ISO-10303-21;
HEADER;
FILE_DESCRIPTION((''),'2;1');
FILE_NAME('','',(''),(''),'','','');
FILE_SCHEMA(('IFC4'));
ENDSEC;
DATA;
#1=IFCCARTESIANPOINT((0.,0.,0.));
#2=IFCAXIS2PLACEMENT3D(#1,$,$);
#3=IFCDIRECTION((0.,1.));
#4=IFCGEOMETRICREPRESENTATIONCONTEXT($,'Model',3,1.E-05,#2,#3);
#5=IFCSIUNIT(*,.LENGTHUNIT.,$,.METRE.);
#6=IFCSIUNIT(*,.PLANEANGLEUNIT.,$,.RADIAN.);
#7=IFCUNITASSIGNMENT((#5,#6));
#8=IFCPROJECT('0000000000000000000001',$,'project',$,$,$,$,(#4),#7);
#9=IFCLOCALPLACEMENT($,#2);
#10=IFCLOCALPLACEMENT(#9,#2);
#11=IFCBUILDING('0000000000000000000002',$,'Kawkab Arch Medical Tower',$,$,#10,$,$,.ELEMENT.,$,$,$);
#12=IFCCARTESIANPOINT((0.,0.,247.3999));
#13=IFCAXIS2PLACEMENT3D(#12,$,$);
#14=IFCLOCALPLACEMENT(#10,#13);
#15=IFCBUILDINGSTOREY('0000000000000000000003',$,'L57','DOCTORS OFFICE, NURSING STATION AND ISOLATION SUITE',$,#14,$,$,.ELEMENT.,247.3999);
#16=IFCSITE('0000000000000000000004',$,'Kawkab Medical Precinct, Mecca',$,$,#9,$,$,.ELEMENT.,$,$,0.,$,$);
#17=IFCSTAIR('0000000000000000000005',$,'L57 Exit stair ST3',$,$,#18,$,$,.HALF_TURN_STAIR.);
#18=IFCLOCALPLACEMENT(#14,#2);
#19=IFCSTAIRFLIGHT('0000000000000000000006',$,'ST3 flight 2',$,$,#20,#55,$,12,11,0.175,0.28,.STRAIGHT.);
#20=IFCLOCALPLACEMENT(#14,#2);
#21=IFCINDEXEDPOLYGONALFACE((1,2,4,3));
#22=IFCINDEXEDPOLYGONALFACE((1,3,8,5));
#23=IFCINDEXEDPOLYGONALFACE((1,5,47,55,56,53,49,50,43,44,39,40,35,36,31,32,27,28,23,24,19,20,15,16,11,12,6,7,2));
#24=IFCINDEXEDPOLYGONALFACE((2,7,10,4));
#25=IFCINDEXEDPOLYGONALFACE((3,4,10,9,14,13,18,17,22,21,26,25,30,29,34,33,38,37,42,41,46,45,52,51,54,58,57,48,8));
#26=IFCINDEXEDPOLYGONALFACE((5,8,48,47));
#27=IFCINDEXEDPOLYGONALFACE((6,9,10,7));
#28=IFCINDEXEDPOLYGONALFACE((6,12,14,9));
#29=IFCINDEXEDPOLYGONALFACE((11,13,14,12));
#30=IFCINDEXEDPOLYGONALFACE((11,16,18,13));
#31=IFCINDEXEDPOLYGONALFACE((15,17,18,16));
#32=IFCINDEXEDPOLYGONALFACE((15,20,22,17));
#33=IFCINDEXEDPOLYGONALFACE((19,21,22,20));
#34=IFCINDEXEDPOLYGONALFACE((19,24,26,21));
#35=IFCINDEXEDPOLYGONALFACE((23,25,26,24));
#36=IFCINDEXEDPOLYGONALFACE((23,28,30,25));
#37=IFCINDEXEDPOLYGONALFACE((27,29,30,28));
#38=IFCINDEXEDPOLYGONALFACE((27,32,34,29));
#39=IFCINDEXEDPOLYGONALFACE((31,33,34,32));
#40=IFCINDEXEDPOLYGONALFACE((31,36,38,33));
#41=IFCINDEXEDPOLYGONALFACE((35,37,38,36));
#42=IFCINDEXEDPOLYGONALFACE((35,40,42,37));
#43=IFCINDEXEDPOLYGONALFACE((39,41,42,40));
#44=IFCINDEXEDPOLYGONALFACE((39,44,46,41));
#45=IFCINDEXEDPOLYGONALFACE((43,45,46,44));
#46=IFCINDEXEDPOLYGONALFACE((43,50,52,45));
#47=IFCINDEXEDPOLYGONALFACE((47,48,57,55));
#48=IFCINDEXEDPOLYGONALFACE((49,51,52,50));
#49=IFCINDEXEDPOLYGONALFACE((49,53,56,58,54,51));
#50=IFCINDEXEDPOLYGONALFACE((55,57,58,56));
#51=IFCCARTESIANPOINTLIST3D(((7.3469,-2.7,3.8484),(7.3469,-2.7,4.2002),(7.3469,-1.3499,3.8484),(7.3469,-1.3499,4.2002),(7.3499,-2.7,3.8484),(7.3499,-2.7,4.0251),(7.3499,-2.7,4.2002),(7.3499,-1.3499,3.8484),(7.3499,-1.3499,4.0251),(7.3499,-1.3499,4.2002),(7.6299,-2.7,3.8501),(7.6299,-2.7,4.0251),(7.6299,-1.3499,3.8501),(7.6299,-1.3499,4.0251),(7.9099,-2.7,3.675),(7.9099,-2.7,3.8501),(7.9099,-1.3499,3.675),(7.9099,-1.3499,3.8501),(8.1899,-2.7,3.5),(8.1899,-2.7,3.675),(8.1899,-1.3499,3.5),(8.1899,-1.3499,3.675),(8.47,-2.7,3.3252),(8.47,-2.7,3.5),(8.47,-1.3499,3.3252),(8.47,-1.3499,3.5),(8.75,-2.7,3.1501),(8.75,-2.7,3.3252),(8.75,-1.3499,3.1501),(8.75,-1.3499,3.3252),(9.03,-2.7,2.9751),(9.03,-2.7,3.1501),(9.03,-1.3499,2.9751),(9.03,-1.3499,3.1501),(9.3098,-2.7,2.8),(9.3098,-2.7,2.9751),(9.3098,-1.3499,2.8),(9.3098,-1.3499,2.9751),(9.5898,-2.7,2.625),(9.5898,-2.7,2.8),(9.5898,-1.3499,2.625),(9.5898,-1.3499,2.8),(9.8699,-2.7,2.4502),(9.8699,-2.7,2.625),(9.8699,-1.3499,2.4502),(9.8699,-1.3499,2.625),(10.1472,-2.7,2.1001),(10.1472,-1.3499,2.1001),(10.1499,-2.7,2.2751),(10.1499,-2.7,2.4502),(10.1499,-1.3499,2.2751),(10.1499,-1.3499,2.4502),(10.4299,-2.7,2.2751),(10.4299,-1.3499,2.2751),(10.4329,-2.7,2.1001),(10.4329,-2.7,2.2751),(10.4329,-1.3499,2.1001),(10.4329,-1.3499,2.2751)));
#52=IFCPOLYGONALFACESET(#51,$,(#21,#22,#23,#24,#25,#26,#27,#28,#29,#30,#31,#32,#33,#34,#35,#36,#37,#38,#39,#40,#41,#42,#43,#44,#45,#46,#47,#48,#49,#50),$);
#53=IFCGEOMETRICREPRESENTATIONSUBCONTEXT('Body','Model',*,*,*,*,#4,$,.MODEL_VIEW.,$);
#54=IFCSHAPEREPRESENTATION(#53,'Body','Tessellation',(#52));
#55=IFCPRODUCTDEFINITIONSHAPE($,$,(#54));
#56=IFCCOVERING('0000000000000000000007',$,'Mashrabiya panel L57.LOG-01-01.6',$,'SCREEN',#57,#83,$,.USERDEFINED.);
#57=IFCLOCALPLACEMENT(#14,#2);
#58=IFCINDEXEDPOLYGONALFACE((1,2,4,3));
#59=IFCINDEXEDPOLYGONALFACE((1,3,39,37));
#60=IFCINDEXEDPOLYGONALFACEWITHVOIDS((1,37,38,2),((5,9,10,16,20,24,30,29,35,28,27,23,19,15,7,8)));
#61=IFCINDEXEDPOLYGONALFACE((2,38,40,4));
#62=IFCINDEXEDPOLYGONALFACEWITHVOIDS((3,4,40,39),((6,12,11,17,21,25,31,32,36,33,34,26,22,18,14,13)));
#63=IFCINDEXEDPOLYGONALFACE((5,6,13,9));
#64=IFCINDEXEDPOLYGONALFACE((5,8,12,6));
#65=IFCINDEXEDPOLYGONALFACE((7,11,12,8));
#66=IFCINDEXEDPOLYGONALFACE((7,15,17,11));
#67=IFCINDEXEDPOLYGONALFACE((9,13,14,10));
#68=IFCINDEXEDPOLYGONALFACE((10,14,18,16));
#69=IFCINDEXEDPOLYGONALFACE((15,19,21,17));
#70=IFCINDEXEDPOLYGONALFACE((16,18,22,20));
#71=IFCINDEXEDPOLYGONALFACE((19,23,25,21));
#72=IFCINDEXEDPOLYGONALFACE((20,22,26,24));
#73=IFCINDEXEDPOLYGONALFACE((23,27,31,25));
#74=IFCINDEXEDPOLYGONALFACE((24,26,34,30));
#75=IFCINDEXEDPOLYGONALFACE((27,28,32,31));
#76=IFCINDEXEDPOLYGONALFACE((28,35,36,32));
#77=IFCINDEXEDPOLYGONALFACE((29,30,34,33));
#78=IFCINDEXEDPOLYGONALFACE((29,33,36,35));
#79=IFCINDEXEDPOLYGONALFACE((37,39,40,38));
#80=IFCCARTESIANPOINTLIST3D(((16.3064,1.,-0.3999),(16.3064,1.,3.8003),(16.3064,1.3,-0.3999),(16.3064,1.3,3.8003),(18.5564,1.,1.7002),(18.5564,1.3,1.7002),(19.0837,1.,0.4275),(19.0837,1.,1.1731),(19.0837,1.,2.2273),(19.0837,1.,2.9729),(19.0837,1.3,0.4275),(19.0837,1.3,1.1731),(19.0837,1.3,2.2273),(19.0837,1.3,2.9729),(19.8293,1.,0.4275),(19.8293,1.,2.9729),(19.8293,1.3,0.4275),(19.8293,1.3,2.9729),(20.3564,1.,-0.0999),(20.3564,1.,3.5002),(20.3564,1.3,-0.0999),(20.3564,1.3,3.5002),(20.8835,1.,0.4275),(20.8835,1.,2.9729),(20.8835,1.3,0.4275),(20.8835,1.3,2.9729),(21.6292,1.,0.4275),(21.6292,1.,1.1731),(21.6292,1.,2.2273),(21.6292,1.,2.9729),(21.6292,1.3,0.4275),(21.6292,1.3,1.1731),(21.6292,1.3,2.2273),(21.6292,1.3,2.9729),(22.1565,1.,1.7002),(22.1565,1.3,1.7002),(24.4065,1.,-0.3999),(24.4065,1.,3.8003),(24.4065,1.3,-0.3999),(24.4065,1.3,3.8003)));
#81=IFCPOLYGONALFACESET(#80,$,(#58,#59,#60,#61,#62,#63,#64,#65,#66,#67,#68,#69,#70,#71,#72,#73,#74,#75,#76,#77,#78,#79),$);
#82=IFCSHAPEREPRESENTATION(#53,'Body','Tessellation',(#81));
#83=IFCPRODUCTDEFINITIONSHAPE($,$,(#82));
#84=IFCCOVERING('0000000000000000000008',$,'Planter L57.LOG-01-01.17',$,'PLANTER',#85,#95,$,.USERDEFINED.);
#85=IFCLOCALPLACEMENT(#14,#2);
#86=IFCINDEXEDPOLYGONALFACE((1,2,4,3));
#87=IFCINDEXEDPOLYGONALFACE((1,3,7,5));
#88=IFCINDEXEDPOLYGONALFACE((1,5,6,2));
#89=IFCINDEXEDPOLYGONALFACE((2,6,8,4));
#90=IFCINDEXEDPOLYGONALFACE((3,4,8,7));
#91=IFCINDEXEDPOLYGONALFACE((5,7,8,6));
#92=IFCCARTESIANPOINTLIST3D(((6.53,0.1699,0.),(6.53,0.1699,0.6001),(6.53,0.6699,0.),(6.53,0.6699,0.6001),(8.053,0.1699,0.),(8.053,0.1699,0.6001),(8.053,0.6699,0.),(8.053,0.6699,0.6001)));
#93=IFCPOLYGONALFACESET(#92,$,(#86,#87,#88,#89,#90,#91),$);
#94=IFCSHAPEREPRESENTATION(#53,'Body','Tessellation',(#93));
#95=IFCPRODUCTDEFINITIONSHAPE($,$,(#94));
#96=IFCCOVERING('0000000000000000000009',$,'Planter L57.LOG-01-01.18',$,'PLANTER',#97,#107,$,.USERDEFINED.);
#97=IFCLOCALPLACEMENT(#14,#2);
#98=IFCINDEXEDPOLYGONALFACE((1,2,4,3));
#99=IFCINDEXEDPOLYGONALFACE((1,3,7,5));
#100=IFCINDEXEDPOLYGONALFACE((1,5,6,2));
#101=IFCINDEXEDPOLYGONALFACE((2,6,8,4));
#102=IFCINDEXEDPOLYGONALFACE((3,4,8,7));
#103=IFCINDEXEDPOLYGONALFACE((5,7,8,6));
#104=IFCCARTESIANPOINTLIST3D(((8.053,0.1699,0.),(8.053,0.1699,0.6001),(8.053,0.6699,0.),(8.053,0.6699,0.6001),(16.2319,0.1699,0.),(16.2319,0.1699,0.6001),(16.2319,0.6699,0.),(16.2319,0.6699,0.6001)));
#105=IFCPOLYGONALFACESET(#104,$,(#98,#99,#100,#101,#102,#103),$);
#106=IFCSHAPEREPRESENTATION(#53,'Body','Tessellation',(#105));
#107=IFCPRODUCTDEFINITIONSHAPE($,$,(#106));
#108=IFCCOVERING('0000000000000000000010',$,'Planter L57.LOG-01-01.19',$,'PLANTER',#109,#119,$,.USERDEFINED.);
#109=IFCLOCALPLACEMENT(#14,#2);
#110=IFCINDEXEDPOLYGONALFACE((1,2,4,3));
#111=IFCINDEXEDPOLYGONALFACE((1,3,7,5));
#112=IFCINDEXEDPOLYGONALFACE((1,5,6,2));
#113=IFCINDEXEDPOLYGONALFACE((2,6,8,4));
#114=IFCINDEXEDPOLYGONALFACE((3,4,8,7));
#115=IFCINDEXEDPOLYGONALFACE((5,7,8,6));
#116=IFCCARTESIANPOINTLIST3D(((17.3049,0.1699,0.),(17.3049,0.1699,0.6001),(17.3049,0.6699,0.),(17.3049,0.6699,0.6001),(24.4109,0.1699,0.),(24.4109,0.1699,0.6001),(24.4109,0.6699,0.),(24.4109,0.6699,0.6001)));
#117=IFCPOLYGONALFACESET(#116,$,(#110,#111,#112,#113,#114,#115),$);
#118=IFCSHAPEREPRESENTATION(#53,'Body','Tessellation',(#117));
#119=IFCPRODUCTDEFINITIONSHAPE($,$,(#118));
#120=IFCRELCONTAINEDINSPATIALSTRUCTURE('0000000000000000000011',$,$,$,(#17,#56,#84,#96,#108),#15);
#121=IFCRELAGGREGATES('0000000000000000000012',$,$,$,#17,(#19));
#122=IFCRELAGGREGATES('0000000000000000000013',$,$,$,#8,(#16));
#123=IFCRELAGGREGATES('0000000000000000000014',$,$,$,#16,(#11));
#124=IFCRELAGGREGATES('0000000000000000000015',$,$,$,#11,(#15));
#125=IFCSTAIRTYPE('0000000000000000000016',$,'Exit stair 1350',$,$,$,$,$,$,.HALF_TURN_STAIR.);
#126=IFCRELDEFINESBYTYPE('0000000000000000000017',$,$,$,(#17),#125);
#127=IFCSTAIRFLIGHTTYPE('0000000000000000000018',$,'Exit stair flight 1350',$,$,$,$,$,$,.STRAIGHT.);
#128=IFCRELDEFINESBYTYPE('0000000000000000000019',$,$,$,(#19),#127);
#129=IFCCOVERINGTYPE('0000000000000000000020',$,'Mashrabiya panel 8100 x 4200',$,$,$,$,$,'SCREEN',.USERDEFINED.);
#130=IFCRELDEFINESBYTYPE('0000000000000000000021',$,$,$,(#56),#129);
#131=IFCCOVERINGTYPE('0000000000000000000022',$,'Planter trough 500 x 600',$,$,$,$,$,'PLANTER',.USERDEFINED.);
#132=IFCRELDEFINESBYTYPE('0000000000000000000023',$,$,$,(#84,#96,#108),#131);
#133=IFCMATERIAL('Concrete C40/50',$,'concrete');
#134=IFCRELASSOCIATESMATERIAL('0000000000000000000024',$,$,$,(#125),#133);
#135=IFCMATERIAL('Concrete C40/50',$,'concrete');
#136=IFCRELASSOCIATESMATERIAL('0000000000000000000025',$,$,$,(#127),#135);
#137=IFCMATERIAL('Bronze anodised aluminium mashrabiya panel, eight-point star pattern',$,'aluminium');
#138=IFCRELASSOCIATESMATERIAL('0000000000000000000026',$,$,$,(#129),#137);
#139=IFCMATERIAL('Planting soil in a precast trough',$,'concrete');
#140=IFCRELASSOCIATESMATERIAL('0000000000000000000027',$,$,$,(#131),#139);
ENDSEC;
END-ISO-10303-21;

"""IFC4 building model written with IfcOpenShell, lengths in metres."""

from ifc_helpers import new_model, si_unit, direction, frame, origin, origin_2d, place, context, subcontext, project, spatial, polyline, rectangle, outline, extrude, material, material_profile, profile_set, type_object, element, aggregate, save


model = new_model("IFC4")

# Units and contexts
model_context = context("Model", 3, precision=1e-05, world=origin(), true_north=direction((0.0, 1.0)))
body_context = subcontext(model_context, "Body", "Model", "MODEL_VIEW")
ifc_project = project(units=[si_unit("LENGTHUNIT", "METRE"), si_unit("PLANEANGLEUNIT", "RADIAN")], contexts=[model_context])

# Site, building, storey
site_placement = place(None, origin())
site = spatial("IfcSite", under=ifc_project, at=site_placement, Name="Kawkab Medical Precinct, Mecca", CompositionType="ELEMENT", RefElevation=0.0)
building_placement = place(site_placement, origin())
building = spatial("IfcBuilding", under=site, at=building_placement, Name="Kawkab Arch Medical Tower", CompositionType="ELEMENT")
storey_placement = place(building_placement, frame((0.0, 0.0, 247.3999)))
storey = spatial("IfcBuildingStorey", under=building, at=storey_placement, Name="L57", Description="DOCTORS OFFICE, NURSING STATION AND ISOLATION SUITE", CompositionType="ELEMENT", Elevation=247.3999)

# Shared definitions
placement = place(storey_placement, origin())

# Stair, stair flight
ifc_material_1 = material(Name="Concrete C40/50", Category="concrete")
stair_type = type_object("IfcStairType", Name="Exit stair 1350", PredefinedType="HALF_TURN_STAIR", material=ifc_material_1)
stair = element("IfcStair", 1, at=placement, inside=storey, type_object=stair_type, Name="L57 Exit stair ST3", PredefinedType="HALF_TURN_STAIR")
ifc_material_2 = material(Name="Concrete C40/50", Category="concrete")
stair_flight_type = type_object("IfcStairFlightType", Name="Exit stair flight 1350", PredefinedType="STRAIGHT", material=ifc_material_2)
stair_flight_placement = place(storey_placement, frame((10.4299, -2.0249, 2.1001), z_axis=(0.0, 0.0, 1.0), x_axis=(-1.0, 0.0, 0.0)))
stair_flight = element("IfcStairFlight", 2, at=stair_flight_placement, type_object=stair_flight_type, Name="ST3 flight 2", NumberOfRisers=12, NumberOfTreads=11, PredefinedType="STRAIGHT", RiserHeight=0.175, TreadLength=0.28, context=body_context, shape_type="SweptSolid", body=[
    extrude(outline(polyline([(-0.0029, 0.0), (-0.0029, 0.175), (0.0, 0.175), (0.28, 0.175), (0.28, 0.3501), (0.5601, 0.3501), (0.5601, 0.5249), (0.8401, 0.5249), (0.8401, 0.7), (1.1201, 0.7), (1.1201, 0.875), (1.3999, 0.875), (1.3999, 1.05), (1.6799, 1.05), (1.6799, 1.2251), (1.96, 1.2251), (1.96, 1.3999), (2.24, 1.3999), (2.24, 1.575), (2.52, 1.575), (2.52, 1.75), (2.8, 1.75), (2.8, 1.925), (3.0801, 1.925), (3.0801, 2.1001), (3.083, 2.1001), (3.083, 1.7483), (3.0801, 1.7483), (0.2827, 0.0), (-0.0029, 0.0)])), frame((0.0, 0.675, 0.0), z_axis=(0.0, -1.0, 0.0), x_axis=(1.0, 0.0, 0.0)), (0.0, 0.0, 1.0), 1.3501),
])
aggregate(stair, [stair_flight])

# Coverings
ifc_material_3 = material(Name="Bronze anodised aluminium mashrabiya panel, eight-point star pattern", Category="aluminium")
ifc_material_profile_1 = material_profile(ifc_material_3, outline(polyline([(-4.05, -2.1001), (4.05, -2.1001), (4.05, 2.1001), (-4.05, 2.1001), (-4.05, -2.1001)]), holes=[polyline([(1.8, 0.0), (1.2727, 0.5271), (1.2727, 1.2727), (0.5271, 1.2727), (0.0, 1.8), (-0.5271, 1.2727), (-1.2727, 1.2727), (-1.2727, 0.5271), (-1.8, 0.0), (-1.2727, -0.5271), (-1.2727, -1.2727), (-0.5271, -1.2727), (0.0, -1.8), (0.5271, -1.2727), (1.2727, -1.2727), (1.2727, -0.5271), (1.8, 0.0)])]), Name="Mashrabiya panel 8100x4200")
ifc_profile_set_1 = profile_set([ifc_material_profile_1], Name="Bronze anodised aluminium mashrabiya panel, eight-point star pattern")
covering_type_1 = type_object("IfcCoveringType", Name="Mashrabiya panel 8100 x 4200", ElementType="SCREEN", PredefinedType="USERDEFINED", material=ifc_profile_set_1)
covering_1_placement = place(storey_placement, frame((20.3564, 1.0, 1.7002), z_axis=(0.0, 1.0, 0.0), x_axis=(-1.0, 0.0, 0.0)))
element("IfcCovering", 3, at=covering_1_placement, inside=storey, type_object=covering_type_1, Name="Mashrabiya panel L57.LOG-01-01.6", ObjectType="SCREEN", PredefinedType="USERDEFINED", context=body_context, shape_type="SweptSolid", body=[
    extrude(outline(polyline([(-4.05, -2.1001), (4.05, -2.1001), (4.05, 2.1001), (-4.05, 2.1001), (-4.05, -2.1001)]), holes=[polyline([(1.8, 0.0), (1.2727, 0.5271), (1.2727, 1.2727), (0.5271, 1.2727), (0.0, 1.8), (-0.5271, 1.2727), (-1.2727, 1.2727), (-1.2727, 0.5271), (-1.8, 0.0), (-1.2727, -0.5271), (-1.2727, -1.2727), (-0.5271, -1.2727), (0.0, -1.8), (0.5271, -1.2727), (1.2727, -1.2727), (1.2727, -0.5271), (1.8, 0.0)])]), origin(), (0.0, 0.0, 1.0), 0.3),
])
ifc_material_4 = material(Name="Planting soil in a precast trough", Category="concrete")
ifc_material_profile_2 = material_profile(ifc_material_4, rectangle(XDim=0.5, YDim=0.6001, at=origin_2d()), Name="Trough 500x600")
ifc_profile_set_2 = profile_set([ifc_material_profile_2], Name="Planting soil in a precast trough")
covering_type_2 = type_object("IfcCoveringType", Name="Planter trough 500 x 600", ElementType="PLANTER", PredefinedType="USERDEFINED", material=ifc_profile_set_2)
covering_2_placement = place(storey_placement, frame((6.53, 0.4199, 0.3), z_axis=(1.0, 0.0, 0.0), x_axis=(0.0, 1.0, 0.0)))
element("IfcCovering", 4, at=covering_2_placement, inside=storey, type_object=covering_type_2, Name="Planter L57.LOG-01-01.17", ObjectType="PLANTER", PredefinedType="USERDEFINED", context=body_context, shape_type="SweptSolid", body=[
    extrude(rectangle(XDim=0.5, YDim=0.6001, at=origin_2d()), origin(), (0.0, 0.0, 1.0), 1.5229),
])
covering_3_placement = place(storey_placement, frame((8.053, 0.4199, 0.3), z_axis=(1.0, 0.0, 0.0), x_axis=(0.0, 1.0, 0.0)))
element("IfcCovering", 5, at=covering_3_placement, inside=storey, type_object=covering_type_2, Name="Planter L57.LOG-01-01.18", ObjectType="PLANTER", PredefinedType="USERDEFINED", context=body_context, shape_type="SweptSolid", body=[
    extrude(rectangle(XDim=0.5, YDim=0.6001, at=origin_2d()), origin(), (0.0, 0.0, 1.0), 8.179),
])
covering_4_placement = place(storey_placement, frame((17.3049, 0.4199, 0.3), z_axis=(1.0, 0.0, 0.0), x_axis=(0.0, 1.0, 0.0)))
element("IfcCovering", 6, at=covering_4_placement, inside=storey, type_object=covering_type_2, Name="Planter L57.LOG-01-01.19", ObjectType="PLANTER", PredefinedType="USERDEFINED", context=body_context, shape_type="SweptSolid", body=[
    extrude(rectangle(XDim=0.5, YDim=0.6001, at=origin_2d()), origin(), (0.0, 0.0, 1.0), 7.106),
])

save(model, "model.ifc")
